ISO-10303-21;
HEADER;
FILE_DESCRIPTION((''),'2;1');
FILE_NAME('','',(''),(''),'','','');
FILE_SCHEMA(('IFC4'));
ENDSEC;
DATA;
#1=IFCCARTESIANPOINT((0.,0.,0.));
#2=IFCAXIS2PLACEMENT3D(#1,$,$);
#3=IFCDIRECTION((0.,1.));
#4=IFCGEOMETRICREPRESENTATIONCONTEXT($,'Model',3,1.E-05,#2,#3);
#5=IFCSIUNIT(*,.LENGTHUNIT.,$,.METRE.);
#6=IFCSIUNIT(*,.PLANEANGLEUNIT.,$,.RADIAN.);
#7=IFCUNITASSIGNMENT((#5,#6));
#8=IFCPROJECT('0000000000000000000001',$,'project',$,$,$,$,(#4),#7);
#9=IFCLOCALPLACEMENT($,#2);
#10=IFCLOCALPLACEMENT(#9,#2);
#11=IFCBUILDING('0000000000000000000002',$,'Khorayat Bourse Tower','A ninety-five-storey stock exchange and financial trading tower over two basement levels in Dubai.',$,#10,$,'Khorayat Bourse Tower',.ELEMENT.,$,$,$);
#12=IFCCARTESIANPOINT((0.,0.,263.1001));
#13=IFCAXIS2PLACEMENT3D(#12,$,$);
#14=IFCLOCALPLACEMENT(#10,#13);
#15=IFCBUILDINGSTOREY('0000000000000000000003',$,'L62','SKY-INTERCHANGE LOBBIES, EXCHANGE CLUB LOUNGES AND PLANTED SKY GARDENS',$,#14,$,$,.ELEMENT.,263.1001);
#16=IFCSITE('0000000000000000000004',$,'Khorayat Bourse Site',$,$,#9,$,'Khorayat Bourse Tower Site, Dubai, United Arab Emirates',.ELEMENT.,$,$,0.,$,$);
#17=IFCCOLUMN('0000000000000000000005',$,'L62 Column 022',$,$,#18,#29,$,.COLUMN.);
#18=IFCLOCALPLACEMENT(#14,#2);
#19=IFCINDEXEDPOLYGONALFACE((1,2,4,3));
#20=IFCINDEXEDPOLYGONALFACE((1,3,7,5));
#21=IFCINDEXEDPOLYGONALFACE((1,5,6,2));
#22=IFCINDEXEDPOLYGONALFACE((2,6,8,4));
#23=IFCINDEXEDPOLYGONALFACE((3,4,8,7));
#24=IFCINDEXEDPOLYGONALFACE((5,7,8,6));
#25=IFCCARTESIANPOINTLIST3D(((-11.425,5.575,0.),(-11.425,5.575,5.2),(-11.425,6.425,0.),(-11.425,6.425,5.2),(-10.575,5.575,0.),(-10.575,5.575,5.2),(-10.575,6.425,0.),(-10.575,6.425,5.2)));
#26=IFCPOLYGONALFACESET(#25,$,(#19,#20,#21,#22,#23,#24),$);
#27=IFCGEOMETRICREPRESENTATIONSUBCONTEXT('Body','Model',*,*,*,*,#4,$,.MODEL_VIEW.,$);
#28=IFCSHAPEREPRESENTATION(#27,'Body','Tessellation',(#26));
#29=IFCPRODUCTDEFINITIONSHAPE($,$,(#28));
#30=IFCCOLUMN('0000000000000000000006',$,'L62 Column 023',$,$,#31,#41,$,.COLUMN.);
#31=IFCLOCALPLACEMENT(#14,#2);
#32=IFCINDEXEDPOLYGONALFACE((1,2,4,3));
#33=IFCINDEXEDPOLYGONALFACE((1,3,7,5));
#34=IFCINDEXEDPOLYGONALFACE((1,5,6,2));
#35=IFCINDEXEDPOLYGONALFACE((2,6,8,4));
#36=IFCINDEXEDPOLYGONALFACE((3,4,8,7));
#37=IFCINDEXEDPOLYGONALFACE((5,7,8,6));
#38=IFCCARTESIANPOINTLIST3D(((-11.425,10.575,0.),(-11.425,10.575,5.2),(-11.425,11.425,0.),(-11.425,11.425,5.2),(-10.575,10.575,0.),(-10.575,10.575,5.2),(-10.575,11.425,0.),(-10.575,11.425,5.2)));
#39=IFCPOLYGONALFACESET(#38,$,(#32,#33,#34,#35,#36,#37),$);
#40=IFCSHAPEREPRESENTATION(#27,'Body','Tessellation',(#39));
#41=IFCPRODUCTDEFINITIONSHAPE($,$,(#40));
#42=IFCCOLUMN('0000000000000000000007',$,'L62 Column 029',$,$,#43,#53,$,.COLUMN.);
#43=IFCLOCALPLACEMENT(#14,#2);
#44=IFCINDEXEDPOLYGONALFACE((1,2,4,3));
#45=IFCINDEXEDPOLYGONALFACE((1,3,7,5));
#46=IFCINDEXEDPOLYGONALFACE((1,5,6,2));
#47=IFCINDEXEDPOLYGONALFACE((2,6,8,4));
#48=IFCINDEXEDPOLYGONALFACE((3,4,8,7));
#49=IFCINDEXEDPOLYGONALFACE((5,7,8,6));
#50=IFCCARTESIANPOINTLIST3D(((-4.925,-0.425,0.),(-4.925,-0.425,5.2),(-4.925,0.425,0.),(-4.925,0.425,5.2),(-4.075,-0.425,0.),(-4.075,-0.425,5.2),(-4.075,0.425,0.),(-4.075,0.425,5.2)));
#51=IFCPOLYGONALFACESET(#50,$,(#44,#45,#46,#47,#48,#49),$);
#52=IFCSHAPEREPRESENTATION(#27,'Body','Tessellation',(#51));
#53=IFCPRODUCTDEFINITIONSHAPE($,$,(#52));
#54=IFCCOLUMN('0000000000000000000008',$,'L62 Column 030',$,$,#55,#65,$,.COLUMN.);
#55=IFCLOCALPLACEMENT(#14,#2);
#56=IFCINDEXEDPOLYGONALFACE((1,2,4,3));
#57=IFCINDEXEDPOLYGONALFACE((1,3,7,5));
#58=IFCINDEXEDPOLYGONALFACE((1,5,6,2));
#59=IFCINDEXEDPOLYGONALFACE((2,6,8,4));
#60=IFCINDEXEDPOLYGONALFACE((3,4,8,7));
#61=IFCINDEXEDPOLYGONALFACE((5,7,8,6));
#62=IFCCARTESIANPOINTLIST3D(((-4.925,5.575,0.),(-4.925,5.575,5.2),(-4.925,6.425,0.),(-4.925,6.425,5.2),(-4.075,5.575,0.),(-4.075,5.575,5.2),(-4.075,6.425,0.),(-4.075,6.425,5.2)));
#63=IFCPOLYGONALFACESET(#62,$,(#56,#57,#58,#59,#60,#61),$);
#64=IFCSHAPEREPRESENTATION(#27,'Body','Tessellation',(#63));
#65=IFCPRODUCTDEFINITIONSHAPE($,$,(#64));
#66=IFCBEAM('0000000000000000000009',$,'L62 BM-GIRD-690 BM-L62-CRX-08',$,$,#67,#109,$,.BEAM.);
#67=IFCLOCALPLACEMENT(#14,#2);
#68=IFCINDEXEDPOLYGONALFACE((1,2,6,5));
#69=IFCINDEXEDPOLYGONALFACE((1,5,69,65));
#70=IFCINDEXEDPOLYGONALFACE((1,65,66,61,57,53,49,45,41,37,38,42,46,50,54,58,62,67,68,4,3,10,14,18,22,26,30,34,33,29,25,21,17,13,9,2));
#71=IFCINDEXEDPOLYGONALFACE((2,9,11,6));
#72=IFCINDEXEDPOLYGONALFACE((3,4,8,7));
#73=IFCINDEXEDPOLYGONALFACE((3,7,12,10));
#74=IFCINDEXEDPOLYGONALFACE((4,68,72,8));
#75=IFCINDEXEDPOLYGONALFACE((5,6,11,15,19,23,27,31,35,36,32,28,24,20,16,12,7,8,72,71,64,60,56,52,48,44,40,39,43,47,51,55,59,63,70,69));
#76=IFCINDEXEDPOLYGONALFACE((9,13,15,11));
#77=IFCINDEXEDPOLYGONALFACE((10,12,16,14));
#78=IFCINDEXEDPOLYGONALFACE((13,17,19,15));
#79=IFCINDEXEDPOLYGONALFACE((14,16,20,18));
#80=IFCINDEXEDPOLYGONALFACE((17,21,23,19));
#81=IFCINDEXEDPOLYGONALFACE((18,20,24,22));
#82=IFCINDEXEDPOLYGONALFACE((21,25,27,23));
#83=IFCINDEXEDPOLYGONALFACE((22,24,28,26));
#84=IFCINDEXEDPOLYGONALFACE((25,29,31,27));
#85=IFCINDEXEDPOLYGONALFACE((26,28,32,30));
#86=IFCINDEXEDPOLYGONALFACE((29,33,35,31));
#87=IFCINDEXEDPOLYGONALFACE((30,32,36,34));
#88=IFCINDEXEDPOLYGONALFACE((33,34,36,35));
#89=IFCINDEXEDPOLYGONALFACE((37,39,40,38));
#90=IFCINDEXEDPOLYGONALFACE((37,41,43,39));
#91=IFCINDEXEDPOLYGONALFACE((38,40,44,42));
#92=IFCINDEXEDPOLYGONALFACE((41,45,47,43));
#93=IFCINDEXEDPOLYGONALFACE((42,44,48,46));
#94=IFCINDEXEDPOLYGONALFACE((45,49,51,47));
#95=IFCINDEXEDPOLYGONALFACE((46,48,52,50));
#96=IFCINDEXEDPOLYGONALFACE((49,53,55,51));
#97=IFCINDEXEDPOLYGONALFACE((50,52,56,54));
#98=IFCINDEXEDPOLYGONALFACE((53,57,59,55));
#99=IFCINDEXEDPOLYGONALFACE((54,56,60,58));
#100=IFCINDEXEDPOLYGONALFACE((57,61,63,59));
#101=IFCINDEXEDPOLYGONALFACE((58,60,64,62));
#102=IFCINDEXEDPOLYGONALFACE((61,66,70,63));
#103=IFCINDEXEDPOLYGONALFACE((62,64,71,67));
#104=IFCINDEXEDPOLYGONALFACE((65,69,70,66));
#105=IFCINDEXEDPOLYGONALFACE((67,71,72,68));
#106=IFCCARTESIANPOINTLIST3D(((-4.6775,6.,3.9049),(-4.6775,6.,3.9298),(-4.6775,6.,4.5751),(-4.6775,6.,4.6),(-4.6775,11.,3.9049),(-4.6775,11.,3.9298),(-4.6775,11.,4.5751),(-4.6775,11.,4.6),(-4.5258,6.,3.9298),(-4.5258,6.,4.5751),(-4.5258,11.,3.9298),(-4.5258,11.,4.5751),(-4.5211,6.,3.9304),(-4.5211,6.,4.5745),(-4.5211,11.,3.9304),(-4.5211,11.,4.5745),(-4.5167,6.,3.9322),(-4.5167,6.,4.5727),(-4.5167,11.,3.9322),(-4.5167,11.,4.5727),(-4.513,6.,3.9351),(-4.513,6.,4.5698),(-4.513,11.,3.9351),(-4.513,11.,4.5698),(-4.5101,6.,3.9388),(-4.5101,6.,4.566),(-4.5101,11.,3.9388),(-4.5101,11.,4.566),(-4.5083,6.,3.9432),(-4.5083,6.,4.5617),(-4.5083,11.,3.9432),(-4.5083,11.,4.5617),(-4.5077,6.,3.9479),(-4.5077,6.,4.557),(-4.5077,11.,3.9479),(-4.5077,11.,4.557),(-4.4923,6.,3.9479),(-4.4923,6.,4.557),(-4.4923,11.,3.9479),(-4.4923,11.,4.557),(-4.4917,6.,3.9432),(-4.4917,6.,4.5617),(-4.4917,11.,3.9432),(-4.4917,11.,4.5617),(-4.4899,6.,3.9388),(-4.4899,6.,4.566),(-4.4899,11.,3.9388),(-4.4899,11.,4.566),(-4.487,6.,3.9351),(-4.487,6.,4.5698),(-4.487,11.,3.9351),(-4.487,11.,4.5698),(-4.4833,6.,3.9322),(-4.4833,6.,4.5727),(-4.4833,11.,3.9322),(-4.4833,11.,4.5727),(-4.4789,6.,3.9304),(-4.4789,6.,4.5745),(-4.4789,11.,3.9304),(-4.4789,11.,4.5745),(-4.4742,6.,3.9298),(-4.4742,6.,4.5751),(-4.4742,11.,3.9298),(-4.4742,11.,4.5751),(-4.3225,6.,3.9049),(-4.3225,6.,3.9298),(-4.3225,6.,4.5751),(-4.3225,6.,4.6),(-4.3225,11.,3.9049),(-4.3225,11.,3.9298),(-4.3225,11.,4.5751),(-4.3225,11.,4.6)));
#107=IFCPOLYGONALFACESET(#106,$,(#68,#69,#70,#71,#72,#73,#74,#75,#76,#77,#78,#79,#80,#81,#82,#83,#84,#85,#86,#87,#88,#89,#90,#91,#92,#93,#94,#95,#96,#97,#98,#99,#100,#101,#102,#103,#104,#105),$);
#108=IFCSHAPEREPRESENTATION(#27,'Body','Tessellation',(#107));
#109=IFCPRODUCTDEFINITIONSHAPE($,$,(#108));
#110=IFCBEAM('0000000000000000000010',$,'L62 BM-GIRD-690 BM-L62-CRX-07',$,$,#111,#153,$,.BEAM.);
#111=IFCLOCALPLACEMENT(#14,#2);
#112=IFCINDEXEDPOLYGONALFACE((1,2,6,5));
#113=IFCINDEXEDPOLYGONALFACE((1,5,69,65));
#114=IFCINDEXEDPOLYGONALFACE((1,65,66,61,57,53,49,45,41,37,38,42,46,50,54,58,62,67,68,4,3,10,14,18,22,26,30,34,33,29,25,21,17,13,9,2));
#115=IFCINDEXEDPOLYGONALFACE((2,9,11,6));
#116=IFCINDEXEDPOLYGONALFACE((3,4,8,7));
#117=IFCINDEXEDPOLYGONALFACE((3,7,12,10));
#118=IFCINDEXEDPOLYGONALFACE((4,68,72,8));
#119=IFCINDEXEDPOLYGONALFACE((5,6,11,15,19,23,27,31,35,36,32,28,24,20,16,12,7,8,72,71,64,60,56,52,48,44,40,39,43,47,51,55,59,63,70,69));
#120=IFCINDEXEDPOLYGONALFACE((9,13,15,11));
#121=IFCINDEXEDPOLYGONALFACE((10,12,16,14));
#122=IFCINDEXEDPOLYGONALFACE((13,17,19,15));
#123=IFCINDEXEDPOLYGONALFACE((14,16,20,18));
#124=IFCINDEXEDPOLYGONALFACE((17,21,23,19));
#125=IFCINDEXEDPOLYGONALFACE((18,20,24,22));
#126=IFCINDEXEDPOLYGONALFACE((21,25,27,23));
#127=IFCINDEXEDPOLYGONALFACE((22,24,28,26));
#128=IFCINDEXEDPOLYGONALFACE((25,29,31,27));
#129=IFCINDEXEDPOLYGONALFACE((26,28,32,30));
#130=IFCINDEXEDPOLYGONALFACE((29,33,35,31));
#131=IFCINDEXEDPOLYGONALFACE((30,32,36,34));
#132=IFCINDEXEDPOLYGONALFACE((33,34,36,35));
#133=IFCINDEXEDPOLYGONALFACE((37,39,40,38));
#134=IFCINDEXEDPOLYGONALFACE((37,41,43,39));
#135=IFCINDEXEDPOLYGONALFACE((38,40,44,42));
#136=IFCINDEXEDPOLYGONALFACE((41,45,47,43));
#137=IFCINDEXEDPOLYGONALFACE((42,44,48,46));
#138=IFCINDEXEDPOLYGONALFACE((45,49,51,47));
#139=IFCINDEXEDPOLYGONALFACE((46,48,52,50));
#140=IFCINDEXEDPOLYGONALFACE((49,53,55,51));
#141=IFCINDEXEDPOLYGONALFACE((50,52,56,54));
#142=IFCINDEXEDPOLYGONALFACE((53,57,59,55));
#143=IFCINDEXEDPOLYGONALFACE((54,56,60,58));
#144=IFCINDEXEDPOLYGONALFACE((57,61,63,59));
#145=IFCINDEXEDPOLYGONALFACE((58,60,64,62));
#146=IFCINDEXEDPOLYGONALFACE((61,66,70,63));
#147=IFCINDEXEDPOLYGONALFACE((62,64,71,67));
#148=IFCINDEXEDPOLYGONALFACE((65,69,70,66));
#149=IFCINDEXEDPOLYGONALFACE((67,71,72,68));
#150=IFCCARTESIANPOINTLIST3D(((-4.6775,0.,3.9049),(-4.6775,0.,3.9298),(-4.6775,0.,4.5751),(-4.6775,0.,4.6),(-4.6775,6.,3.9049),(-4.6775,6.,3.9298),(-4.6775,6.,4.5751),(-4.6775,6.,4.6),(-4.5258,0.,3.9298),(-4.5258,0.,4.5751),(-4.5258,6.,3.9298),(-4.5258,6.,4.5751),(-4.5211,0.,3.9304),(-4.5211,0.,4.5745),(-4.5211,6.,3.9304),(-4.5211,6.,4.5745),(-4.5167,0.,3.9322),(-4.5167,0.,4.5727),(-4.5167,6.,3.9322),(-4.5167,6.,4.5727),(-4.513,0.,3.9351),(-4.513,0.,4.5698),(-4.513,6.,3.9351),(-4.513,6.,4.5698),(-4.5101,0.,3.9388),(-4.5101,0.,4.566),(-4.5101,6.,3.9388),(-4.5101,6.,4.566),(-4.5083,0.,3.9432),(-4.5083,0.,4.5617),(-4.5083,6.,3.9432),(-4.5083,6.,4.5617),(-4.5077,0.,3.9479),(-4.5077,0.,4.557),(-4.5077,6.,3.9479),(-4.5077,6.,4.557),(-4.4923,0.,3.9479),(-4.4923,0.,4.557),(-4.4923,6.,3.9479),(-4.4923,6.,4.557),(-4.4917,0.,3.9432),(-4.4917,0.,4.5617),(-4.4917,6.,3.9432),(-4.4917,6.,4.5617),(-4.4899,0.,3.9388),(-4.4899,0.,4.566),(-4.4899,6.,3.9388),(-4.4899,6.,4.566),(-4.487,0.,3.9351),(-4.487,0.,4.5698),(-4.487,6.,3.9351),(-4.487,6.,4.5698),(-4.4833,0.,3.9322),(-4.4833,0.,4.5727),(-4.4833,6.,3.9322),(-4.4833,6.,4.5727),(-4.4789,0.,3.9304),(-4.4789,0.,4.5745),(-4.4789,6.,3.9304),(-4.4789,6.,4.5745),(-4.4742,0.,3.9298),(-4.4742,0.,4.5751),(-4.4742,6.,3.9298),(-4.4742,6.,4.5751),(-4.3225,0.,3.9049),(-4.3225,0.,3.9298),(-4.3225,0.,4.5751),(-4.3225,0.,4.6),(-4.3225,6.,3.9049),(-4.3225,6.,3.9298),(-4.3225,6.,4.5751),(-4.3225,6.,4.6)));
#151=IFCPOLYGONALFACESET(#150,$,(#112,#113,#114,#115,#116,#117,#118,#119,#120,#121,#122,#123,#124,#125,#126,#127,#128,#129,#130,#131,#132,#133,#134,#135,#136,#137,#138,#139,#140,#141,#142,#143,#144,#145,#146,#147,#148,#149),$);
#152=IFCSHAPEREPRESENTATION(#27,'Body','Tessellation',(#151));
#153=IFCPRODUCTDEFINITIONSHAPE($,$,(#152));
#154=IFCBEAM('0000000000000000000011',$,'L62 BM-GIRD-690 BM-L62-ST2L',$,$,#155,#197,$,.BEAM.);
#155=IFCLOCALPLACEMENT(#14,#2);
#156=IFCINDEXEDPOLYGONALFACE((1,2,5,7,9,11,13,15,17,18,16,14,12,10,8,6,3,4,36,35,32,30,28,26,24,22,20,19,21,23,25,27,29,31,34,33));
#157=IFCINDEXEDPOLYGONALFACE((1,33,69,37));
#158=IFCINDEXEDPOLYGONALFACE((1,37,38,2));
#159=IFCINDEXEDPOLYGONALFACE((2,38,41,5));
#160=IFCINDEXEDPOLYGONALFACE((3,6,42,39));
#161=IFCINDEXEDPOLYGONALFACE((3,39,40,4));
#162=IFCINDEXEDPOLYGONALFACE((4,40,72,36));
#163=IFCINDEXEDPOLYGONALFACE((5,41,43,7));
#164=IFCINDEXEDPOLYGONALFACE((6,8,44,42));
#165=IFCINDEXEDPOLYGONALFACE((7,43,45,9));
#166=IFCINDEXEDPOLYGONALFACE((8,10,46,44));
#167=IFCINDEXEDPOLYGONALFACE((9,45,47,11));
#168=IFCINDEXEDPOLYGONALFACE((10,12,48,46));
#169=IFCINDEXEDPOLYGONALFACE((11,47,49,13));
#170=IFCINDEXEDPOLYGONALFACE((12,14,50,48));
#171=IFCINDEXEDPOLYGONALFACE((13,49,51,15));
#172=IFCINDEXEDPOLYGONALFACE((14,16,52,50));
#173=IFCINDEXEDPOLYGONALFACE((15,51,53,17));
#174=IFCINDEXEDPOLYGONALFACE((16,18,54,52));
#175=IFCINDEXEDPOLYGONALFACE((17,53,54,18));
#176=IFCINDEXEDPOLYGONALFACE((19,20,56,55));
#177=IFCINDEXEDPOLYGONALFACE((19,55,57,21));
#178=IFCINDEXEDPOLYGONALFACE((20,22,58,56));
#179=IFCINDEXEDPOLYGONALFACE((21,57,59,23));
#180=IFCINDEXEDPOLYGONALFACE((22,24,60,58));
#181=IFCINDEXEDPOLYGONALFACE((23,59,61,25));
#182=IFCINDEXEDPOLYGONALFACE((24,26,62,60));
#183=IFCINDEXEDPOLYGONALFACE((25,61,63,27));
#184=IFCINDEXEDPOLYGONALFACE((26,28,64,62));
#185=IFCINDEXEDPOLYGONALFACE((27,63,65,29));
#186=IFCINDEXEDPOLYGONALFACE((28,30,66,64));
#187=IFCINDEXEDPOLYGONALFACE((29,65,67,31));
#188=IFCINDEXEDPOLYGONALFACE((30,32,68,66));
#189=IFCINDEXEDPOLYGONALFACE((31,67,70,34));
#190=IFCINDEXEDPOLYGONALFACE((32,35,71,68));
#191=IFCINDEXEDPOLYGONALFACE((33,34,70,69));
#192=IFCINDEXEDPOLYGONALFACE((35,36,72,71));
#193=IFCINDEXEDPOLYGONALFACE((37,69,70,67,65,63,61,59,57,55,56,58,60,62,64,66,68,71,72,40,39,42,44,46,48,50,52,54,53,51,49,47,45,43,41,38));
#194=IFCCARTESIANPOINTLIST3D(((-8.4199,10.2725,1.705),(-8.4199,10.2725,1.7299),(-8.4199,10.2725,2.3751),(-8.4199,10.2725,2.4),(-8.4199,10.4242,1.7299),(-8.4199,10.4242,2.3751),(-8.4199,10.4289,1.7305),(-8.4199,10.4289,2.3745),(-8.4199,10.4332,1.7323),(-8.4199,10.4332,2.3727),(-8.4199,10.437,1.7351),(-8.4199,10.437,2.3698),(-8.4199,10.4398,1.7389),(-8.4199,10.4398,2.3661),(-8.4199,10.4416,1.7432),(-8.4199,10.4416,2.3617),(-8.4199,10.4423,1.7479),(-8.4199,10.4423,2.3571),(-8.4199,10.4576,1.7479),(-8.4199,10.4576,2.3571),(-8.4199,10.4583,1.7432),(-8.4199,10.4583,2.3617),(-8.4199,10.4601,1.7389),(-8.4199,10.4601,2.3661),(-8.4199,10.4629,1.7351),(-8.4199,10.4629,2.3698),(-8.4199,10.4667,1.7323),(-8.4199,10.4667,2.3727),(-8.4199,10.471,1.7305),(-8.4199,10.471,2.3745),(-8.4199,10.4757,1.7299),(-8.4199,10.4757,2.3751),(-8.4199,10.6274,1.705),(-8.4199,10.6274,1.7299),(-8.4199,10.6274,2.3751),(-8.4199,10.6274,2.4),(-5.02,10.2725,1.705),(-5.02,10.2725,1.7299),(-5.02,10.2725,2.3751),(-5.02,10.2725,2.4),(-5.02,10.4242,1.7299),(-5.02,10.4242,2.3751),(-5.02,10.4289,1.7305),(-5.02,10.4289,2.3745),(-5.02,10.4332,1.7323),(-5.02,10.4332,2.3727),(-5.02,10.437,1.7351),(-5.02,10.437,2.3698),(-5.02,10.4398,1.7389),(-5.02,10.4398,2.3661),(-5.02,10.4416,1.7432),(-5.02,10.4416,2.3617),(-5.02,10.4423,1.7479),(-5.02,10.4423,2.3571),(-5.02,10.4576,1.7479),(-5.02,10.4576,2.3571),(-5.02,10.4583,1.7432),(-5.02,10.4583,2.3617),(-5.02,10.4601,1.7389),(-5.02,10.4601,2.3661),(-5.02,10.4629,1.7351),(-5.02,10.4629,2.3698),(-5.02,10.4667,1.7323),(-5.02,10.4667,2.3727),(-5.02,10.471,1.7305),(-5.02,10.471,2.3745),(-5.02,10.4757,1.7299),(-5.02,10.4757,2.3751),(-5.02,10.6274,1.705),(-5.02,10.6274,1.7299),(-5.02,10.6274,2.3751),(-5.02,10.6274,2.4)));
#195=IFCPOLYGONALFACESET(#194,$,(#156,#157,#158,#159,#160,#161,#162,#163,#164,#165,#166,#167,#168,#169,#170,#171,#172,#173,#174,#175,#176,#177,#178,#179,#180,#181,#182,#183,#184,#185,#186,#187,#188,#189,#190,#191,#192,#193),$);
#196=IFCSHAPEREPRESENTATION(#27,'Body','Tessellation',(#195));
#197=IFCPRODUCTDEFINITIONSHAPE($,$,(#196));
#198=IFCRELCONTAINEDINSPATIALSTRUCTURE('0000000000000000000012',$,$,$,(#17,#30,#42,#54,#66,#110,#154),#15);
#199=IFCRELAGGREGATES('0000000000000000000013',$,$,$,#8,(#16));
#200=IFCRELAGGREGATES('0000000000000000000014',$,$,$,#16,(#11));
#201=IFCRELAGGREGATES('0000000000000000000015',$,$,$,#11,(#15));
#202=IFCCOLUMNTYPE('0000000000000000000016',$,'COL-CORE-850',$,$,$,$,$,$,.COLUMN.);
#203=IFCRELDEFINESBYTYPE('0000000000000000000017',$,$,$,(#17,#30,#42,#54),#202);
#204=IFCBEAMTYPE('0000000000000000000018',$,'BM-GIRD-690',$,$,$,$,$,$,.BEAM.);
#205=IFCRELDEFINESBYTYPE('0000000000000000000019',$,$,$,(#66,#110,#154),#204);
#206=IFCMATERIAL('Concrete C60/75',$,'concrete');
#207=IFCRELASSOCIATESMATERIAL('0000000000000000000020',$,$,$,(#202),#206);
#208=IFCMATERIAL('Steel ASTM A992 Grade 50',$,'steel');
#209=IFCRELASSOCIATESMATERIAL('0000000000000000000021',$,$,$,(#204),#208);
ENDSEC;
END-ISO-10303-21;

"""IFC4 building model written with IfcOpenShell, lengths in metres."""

from ifc_helpers import new_model, si_unit, direction, frame, origin, origin_2d, place, context, subcontext, project, spatial, rectangle, i_section, extrude, source, transform, mapped, material, material_profile, profile_set, type_object, element, save


model = new_model("IFC4")

# Units and contexts
model_context = context("Model", 3, precision=1e-05, world=origin(), true_north=direction((0.0, 1.0)))
body_context = subcontext(model_context, "Body", "Model", "MODEL_VIEW")
ifc_project = project(units=[si_unit("LENGTHUNIT", "METRE"), si_unit("PLANEANGLEUNIT", "RADIAN")], contexts=[model_context])

# Site, building, storey
site_placement = place(None, origin())
site = spatial("IfcSite", under=ifc_project, at=site_placement, Name="Khorayat Bourse Site", LongName="Khorayat Bourse Tower Site, Dubai, United Arab Emirates", CompositionType="ELEMENT", RefElevation=0.0)
building_placement = place(site_placement, origin())
building = spatial("IfcBuilding", under=site, at=building_placement, Name="Khorayat Bourse Tower", Description="A ninety-five-storey stock exchange and financial trading tower over two basement levels in Dubai.", LongName="Khorayat Bourse Tower", CompositionType="ELEMENT")
storey_placement = place(building_placement, frame((0.0, 0.0, 263.1001)))
storey = spatial("IfcBuildingStorey", under=building, at=storey_placement, Name="L62", Description="SKY-INTERCHANGE LOBBIES, EXCHANGE CLUB LOUNGES AND PLANTED SKY GARDENS", CompositionType="ELEMENT", Elevation=263.1001)

# Columns
ifc_material_1 = material(Name="Concrete C60/75", Category="concrete")
ifc_material_profile_1 = material_profile(ifc_material_1, rectangle(XDim=0.8501, YDim=0.8501, at=origin_2d()), Name="RC 850x850")
ifc_profile_set_1 = profile_set([ifc_material_profile_1], Name="Concrete C60/75")
column_type = type_object("IfcColumnType", Name="COL-CORE-850", PredefinedType="COLUMN", material=ifc_profile_set_1)
shared_shape_1 = source(origin(), body_context, "Body", "SweptSolid", [
    extrude(rectangle(XDim=0.8501, YDim=0.8501, at=origin_2d()), origin(), (0.0, 0.0, 1.0), 5.2),
])
for number, where, z_axis, x_axis, name in (
    (1, (-11.0, 6.0, 0.0), (0.0, 0.0, 1.0), (1.0, 0.0, 0.0), "L62 Column 022"),
    (2, (-11.0, 11.0, 0.0), (0.0, 0.0, 1.0), (1.0, 0.0, 0.0), "L62 Column 023"),
    (3, (-4.5, 0.0, 0.0), (0.0, 0.0, 1.0), (1.0, 0.0, 0.0), "L62 Column 029"),
    (4, (-4.5, 6.0, 0.0), (0.0, 0.0, 1.0), (1.0, 0.0, 0.0), "L62 Column 030"),
):
    element("IfcColumn", number, at=place(storey_placement, frame(where, z_axis=z_axis, x_axis=x_axis)), inside=storey, type_object=column_type, Name=name, PredefinedType="COLUMN", context=body_context, shape_type="MappedRepresentation", body=[
        mapped(shared_shape_1, transform((0.0, 0.0, 0.0), scale=1.0)),
    ])

# Beams
ifc_material_2 = material(Name="Steel ASTM A992 Grade 50", Category="steel")
ifc_material_profile_2 = material_profile(ifc_material_2, i_section(OverallWidth=0.355, OverallDepth=0.6951, WebThickness=0.0154, FlangeThickness=0.0249, FilletRadius=0.0181, at=origin_2d()), Name="W690X217")
ifc_profile_set_2 = profile_set([ifc_material_profile_2], Name="Steel ASTM A992 Grade 50")
beam_type_1 = type_object("IfcBeamType", Name="BM-GIRD-690", PredefinedType="BEAM", material=ifc_profile_set_2)
shared_shape_2 = source(origin(), body_context, "Body", "SweptSolid", [
    extrude(i_section(OverallWidth=0.355, OverallDepth=0.6951, WebThickness=0.0154, FlangeThickness=0.0249, FilletRadius=0.0181, at=origin_2d()), origin(), (0.0, 0.0, 1.0), 5.0),
])
beam_1_placement = place(storey_placement, frame((-4.5, 6.0, 4.2524), z_axis=(0.0, 1.0, 0.0), x_axis=(-1.0, 0.0, 0.0)))
element("IfcBeam", 5, at=beam_1_placement, inside=storey, type_object=beam_type_1, Name="L62 BM-GIRD-690 BM-L62-CRX-08", PredefinedType="BEAM", context=body_context, shape_type="MappedRepresentation", body=[
    mapped(shared_shape_2, transform((0.0, 0.0, 0.0), scale=1.0)),
])
shared_shape_3 = source(origin(), body_context, "Body", "SweptSolid", [
    extrude(i_section(OverallWidth=0.355, OverallDepth=0.6951, WebThickness=0.0154, FlangeThickness=0.0249, FilletRadius=0.0181, at=origin_2d()), origin(), (0.0, 0.0, 1.0), 6.0),
])
beam_2_placement = place(storey_placement, frame((-4.5, 0.0, 4.2524), z_axis=(0.0, 1.0, 0.0), x_axis=(-1.0, 0.0, 0.0)))
element("IfcBeam", 6, at=beam_2_placement, inside=storey, type_object=beam_type_1, Name="L62 BM-GIRD-690 BM-L62-CRX-07", PredefinedType="BEAM", context=body_context, shape_type="MappedRepresentation", body=[
    mapped(shared_shape_3, transform((0.0, 0.0, 0.0), scale=1.0)),
])
shared_shape_4 = source(origin(), body_context, "Body", "SweptSolid", [
    extrude(i_section(OverallWidth=0.355, OverallDepth=0.6951, WebThickness=0.0154, FlangeThickness=0.0249, FilletRadius=0.0181, at=origin_2d()), origin(), (0.0, 0.0, 1.0), 3.3999),
])
beam_3_placement = place(storey_placement, frame((-8.4199, 10.45, 2.0525), z_axis=(1.0, 0.0, 0.0), x_axis=(0.0, 1.0, 0.0)))
element("IfcBeam", 7, at=beam_3_placement, inside=storey, type_object=beam_type_1, Name="L62 BM-GIRD-690 BM-L62-ST2L", PredefinedType="BEAM", context=body_context, shape_type="MappedRepresentation", body=[
    mapped(shared_shape_4, transform((0.0, 0.0, 0.0), scale=1.0)),
])

save(model, "model.ifc")
